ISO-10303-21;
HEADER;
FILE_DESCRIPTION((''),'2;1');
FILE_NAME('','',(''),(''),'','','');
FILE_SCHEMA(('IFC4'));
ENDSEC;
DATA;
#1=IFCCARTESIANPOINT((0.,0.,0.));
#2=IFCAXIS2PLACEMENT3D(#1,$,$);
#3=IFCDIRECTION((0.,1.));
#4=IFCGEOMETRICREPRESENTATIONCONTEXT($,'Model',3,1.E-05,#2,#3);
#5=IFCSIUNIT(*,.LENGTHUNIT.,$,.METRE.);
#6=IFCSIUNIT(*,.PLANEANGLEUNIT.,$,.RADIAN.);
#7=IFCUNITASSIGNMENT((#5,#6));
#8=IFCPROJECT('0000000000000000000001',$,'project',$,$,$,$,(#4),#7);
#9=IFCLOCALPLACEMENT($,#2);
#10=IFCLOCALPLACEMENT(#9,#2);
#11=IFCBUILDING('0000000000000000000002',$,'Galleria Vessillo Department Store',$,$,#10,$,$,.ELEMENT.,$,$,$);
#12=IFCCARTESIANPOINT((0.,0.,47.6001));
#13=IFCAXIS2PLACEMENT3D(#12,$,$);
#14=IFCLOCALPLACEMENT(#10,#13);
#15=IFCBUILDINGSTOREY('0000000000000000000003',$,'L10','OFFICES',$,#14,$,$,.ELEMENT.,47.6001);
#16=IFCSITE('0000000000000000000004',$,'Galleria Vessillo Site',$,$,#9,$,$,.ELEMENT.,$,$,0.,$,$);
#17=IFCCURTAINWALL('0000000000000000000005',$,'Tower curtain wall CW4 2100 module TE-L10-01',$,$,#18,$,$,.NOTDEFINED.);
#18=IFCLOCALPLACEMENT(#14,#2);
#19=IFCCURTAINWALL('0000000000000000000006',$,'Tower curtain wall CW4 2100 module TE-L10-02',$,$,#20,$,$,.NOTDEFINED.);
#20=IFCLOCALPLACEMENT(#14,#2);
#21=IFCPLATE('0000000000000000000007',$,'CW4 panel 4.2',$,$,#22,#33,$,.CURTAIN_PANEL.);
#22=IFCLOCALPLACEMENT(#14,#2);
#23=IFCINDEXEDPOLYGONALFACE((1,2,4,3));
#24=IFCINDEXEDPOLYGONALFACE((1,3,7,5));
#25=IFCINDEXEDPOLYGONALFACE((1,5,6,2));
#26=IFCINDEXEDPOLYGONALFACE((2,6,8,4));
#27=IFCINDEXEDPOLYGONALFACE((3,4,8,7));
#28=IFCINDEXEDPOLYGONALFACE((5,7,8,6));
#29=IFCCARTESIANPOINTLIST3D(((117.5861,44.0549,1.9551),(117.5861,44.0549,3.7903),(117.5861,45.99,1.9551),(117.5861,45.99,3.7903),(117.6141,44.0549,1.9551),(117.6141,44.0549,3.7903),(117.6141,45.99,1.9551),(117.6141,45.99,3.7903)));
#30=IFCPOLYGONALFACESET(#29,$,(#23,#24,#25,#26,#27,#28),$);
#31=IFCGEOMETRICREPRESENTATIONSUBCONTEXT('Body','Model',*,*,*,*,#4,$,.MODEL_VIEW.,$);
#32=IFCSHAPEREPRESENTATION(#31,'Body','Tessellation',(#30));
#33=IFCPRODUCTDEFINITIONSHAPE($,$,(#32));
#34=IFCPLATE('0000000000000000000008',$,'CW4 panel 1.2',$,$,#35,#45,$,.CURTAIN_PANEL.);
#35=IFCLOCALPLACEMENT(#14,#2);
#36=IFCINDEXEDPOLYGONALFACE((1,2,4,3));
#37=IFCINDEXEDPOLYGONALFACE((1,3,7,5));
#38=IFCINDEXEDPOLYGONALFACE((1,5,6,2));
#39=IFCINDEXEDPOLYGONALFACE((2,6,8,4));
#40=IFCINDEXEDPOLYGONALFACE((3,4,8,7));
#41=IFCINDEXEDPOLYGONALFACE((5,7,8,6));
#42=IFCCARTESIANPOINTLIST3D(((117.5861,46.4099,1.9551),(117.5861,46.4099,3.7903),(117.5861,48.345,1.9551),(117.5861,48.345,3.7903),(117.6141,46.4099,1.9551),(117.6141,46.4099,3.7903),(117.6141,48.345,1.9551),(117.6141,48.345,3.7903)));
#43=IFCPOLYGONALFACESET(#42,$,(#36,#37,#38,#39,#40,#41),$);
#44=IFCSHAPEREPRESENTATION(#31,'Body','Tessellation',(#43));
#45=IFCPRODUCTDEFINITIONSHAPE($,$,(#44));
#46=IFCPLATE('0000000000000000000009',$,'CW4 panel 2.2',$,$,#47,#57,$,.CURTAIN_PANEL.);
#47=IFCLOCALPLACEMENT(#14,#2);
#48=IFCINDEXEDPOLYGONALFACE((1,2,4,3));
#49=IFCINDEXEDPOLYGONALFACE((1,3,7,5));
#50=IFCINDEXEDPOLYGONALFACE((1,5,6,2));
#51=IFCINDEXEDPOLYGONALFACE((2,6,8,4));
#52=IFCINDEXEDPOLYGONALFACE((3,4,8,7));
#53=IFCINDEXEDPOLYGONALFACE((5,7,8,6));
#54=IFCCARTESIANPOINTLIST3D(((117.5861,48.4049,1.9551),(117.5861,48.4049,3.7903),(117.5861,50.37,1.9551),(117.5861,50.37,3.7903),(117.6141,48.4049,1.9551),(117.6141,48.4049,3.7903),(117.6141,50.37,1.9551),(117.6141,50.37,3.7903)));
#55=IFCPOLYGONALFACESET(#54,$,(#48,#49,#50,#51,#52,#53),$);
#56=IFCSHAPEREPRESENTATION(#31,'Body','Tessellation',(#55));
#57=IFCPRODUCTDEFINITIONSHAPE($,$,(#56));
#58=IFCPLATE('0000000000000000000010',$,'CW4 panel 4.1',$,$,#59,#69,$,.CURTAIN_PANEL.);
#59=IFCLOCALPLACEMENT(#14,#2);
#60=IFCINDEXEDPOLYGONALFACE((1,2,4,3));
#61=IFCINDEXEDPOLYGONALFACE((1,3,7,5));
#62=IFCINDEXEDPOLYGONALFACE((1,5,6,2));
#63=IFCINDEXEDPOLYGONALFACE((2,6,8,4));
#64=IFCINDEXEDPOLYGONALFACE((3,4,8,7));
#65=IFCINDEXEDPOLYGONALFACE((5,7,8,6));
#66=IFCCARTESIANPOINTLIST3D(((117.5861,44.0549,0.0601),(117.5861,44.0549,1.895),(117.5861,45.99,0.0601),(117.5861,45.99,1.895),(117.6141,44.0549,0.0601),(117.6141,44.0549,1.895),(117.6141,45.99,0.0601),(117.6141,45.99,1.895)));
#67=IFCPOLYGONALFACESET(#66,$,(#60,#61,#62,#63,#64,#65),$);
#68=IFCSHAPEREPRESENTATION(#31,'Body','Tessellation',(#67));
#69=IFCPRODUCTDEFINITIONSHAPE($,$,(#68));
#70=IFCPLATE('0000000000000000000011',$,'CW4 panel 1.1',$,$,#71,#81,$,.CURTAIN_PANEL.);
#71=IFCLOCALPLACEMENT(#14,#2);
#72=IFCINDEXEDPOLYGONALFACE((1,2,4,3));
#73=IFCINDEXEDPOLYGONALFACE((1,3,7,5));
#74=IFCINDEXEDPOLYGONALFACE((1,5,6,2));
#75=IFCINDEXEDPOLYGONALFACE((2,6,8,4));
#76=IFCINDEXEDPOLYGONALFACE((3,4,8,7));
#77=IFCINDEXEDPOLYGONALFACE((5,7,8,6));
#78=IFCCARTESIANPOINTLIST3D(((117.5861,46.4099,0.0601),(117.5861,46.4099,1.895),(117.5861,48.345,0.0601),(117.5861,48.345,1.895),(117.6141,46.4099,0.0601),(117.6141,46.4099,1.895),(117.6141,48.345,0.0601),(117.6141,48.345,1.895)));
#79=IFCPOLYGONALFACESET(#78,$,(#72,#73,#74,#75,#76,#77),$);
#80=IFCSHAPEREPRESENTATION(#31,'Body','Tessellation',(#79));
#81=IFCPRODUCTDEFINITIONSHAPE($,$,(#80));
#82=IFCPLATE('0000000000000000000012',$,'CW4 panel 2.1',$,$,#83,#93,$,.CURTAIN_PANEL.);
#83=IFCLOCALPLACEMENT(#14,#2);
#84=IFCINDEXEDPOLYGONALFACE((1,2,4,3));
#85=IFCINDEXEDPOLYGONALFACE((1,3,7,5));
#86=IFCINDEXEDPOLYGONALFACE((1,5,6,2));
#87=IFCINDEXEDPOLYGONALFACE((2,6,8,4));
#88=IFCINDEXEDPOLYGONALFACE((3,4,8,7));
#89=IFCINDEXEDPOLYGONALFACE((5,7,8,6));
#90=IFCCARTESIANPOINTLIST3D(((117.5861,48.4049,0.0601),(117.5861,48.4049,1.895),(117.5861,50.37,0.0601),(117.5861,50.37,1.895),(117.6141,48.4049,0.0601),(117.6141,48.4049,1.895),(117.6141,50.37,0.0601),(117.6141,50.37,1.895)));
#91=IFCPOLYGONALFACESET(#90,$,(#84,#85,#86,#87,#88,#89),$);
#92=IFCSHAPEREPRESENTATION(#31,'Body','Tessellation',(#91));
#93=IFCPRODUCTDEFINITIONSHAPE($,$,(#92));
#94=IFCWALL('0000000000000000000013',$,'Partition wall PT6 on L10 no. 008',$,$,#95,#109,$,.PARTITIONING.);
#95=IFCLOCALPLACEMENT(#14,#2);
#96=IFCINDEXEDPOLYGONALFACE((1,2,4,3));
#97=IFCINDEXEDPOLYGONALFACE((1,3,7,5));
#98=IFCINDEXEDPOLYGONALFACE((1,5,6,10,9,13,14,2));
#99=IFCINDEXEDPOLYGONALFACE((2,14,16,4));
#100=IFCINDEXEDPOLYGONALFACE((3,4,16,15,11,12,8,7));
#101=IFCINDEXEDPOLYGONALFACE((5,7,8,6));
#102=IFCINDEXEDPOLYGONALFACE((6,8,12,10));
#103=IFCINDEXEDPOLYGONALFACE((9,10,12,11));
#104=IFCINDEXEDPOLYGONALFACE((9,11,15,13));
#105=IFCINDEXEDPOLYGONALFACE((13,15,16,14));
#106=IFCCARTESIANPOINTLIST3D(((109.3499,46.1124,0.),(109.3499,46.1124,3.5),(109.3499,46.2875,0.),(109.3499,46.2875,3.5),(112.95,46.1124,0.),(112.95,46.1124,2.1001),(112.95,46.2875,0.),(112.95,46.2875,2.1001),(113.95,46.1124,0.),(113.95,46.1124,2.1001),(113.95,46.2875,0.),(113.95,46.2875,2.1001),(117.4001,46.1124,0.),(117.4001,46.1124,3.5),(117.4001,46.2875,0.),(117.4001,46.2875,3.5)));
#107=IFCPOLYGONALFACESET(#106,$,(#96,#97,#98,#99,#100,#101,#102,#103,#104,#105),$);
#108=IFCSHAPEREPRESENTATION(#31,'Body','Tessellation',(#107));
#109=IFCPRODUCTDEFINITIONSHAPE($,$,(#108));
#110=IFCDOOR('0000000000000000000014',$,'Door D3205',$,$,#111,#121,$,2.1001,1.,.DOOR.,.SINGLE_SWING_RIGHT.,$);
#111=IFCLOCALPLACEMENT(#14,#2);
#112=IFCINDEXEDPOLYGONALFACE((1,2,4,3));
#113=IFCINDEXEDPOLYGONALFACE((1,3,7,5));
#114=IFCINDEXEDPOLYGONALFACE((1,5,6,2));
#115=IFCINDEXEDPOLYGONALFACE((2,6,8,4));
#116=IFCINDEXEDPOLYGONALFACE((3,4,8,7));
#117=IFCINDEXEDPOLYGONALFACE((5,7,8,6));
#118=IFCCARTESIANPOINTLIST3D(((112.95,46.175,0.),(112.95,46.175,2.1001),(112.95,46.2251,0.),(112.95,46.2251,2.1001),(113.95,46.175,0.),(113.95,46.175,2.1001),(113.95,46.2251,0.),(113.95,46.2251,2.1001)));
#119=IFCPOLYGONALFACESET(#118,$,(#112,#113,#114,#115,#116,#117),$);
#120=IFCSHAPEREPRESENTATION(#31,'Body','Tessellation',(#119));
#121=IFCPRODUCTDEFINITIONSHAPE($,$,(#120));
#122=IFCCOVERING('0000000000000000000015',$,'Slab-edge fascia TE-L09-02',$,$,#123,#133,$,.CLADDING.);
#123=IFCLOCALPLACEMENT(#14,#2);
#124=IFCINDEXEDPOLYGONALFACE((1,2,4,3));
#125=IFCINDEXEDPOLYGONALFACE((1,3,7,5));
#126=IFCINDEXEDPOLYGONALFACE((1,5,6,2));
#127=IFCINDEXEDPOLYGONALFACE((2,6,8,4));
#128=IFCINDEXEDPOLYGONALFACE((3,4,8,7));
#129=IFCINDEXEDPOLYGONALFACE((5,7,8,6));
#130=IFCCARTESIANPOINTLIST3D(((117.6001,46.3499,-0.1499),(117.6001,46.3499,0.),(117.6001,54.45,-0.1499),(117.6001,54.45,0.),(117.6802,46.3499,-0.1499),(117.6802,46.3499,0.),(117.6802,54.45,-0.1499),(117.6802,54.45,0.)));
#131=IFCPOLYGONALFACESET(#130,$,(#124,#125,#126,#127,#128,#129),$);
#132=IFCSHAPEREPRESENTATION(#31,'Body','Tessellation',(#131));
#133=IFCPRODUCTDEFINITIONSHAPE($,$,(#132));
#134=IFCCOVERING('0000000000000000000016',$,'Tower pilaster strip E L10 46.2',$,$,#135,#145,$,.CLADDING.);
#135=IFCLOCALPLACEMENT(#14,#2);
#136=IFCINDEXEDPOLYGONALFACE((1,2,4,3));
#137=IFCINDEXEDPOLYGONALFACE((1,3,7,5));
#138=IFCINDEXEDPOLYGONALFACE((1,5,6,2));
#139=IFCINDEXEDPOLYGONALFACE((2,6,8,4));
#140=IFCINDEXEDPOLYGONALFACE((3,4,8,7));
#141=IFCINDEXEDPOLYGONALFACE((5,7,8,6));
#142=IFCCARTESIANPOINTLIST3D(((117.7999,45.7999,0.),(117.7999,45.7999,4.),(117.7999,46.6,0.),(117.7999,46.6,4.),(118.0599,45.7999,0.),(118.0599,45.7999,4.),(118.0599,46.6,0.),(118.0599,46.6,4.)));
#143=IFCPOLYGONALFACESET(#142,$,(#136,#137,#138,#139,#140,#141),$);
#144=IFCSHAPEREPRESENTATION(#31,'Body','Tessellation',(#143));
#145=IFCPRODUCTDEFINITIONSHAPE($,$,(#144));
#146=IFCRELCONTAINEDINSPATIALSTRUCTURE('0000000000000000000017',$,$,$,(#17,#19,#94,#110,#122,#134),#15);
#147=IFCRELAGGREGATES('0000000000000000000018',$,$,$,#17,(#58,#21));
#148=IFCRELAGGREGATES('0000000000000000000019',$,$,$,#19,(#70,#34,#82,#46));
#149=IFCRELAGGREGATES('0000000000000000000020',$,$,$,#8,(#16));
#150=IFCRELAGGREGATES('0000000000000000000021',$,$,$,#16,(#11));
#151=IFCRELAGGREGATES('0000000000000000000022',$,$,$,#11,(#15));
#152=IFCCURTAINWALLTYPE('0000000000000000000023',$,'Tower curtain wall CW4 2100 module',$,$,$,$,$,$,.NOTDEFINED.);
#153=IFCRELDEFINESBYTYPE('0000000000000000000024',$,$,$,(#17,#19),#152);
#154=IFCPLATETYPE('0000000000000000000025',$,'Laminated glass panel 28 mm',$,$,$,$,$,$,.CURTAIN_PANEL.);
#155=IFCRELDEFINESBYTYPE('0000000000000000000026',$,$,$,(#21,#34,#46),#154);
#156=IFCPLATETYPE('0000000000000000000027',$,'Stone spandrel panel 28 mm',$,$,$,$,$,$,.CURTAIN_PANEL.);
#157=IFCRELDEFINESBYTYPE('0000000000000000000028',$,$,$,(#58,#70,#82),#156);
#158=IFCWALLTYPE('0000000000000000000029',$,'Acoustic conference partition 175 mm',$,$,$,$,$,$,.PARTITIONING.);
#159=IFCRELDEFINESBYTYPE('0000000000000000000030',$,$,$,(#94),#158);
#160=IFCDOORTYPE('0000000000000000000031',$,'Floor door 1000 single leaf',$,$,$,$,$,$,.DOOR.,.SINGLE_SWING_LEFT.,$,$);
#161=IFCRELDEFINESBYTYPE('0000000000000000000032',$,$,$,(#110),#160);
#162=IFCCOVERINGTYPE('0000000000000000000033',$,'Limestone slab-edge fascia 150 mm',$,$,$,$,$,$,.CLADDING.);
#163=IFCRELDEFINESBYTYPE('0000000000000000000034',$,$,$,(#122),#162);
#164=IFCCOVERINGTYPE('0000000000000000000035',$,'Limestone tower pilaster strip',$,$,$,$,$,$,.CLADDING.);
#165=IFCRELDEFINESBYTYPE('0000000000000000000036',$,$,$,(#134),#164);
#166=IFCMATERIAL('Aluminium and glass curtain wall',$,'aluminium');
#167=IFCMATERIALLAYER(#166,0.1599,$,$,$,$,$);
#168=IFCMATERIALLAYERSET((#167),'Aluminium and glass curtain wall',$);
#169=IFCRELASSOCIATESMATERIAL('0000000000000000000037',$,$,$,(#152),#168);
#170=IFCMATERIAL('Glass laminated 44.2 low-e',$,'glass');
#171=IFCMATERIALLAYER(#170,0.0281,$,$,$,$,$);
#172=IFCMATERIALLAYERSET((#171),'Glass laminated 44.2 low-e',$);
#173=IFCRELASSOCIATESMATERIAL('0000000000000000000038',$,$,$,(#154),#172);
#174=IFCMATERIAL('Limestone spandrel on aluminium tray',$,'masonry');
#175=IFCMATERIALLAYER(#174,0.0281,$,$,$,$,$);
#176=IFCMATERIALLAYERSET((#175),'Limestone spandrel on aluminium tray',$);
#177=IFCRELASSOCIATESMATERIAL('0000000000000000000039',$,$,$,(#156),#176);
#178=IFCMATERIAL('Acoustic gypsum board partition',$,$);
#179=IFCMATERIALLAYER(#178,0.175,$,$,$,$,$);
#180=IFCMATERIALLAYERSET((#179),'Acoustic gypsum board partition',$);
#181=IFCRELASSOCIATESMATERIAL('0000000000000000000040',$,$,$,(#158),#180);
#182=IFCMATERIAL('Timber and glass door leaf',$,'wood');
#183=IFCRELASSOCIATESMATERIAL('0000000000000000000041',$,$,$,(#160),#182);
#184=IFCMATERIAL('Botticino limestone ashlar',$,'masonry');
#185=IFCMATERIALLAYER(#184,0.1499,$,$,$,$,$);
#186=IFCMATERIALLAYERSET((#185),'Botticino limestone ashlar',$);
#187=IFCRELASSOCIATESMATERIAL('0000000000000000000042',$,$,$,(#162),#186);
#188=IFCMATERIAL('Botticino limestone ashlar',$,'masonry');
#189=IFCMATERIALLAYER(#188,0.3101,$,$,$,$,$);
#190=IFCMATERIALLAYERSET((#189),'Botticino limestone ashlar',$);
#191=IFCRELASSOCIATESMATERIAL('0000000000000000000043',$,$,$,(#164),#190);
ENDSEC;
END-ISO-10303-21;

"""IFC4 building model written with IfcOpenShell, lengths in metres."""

from ifc_helpers import new_model, si_unit, direction, frame, frame_2d, origin, origin_2d, place, context, subcontext, project, spatial, rectangle, extrude, material, layer, layer_set, type_object, element, fill, aggregate, save


model = new_model("IFC4")

# Units and contexts
model_context = context("Model", 3, precision=1e-05, world=origin(), true_north=direction((0.0, 1.0)))
body_context = subcontext(model_context, "Body", "Model", "MODEL_VIEW")
ifc_project = project(units=[si_unit("LENGTHUNIT", "METRE"), si_unit("PLANEANGLEUNIT", "RADIAN")], contexts=[model_context])

# Site, building, storey
site_placement = place(None, origin())
site = spatial("IfcSite", under=ifc_project, at=site_placement, Name="Galleria Vessillo Site", CompositionType="ELEMENT", RefElevation=0.0)
building_placement = place(site_placement, origin())
building = spatial("IfcBuilding", under=site, at=building_placement, Name="Galleria Vessillo Department Store", CompositionType="ELEMENT")
storey_placement = place(building_placement, frame((0.0, 0.0, 47.6001)))
storey = spatial("IfcBuildingStorey", under=building, at=storey_placement, Name="L10", Description="OFFICES", CompositionType="ELEMENT", Elevation=47.6001)

# Curtain walls
ifc_material_1 = material(Name="Aluminium and glass curtain wall", Category="aluminium")
ifc_layer_1 = layer(ifc_material_1, 0.1599)
ifc_layer_set_1 = layer_set([ifc_layer_1], Name="Aluminium and glass curtain wall")
curtain_wall_type = type_object("IfcCurtainWallType", Name="Tower curtain wall CW4 2100 module", PredefinedType="NOTDEFINED", material=ifc_layer_set_1)
curtain_wall_1_placement = place(storey_placement, origin())
curtain_wall_1 = element("IfcCurtainWall", 1, at=curtain_wall_1_placement, inside=storey, type_object=curtain_wall_type, Name="Tower curtain wall CW4 2100 module TE-L10-01", PredefinedType="NOTDEFINED")
curtain_wall_2_placement = place(storey_placement, origin())
curtain_wall_2 = element("IfcCurtainWall", 2, at=curtain_wall_2_placement, inside=storey, type_object=curtain_wall_type, Name="Tower curtain wall CW4 2100 module TE-L10-02", PredefinedType="NOTDEFINED")

# Plates
ifc_material_2 = material(Name="Glass laminated 44.2 low-e", Category="glass")
ifc_layer_2 = layer(ifc_material_2, 0.0281)
ifc_layer_set_2 = layer_set([ifc_layer_2], Name="Glass laminated 44.2 low-e")
plate_type_1 = type_object("IfcPlateType", Name="Laminated glass panel 28 mm", PredefinedType="CURTAIN_PANEL", material=ifc_layer_set_2)
plate_1_placement = place(storey_placement, frame((117.6001, 45.0225, 1.9551), z_axis=(0.0, 0.0, 1.0), x_axis=(0.0, 1.0, 0.0)))
plate_1 = element("IfcPlate", 3, at=plate_1_placement, type_object=plate_type_1, Name="CW4 panel 4.2", PredefinedType="CURTAIN_PANEL", context=body_context, shape_type="SweptSolid", body=[
    extrude(rectangle(XDim=1.9351, YDim=0.0281, at=origin_2d()), origin(), (0.0, 0.0, 1.0), 1.8352),
])
plate_2_placement = place(storey_placement, frame((117.6001, 47.3774, 1.9551), z_axis=(0.0, 0.0, 1.0), x_axis=(0.0, 1.0, 0.0)))
plate_2 = element("IfcPlate", 4, at=plate_2_placement, type_object=plate_type_1, Name="CW4 panel 1.2", PredefinedType="CURTAIN_PANEL", context=body_context, shape_type="SweptSolid", body=[
    extrude(rectangle(XDim=1.9351, YDim=0.0281, at=origin_2d()), origin(), (0.0, 0.0, 1.0), 1.8352),
])
plate_3_placement = place(storey_placement, frame((117.6001, 49.3875, 1.9551), z_axis=(0.0, 0.0, 1.0), x_axis=(0.0, 1.0, 0.0)))
plate_3 = element("IfcPlate", 5, at=plate_3_placement, type_object=plate_type_1, Name="CW4 panel 2.2", PredefinedType="CURTAIN_PANEL", context=body_context, shape_type="SweptSolid", body=[
    extrude(rectangle(XDim=1.9651, YDim=0.0281, at=origin_2d()), origin(), (0.0, 0.0, 1.0), 1.8352),
])
ifc_material_3 = material(Name="Limestone spandrel on aluminium tray", Category="masonry")
ifc_layer_3 = layer(ifc_material_3, 0.0281)
ifc_layer_set_3 = layer_set([ifc_layer_3], Name="Limestone spandrel on aluminium tray")
plate_type_2 = type_object("IfcPlateType", Name="Stone spandrel panel 28 mm", PredefinedType="CURTAIN_PANEL", material=ifc_layer_set_3)
plate_4_placement = place(storey_placement, frame((117.6001, 45.0225, 0.0601), z_axis=(0.0, 0.0, 1.0), x_axis=(0.0, 1.0, 0.0)))
plate_4 = element("IfcPlate", 6, at=plate_4_placement, type_object=plate_type_2, Name="CW4 panel 4.1", PredefinedType="CURTAIN_PANEL", context=body_context, shape_type="SweptSolid", body=[
    extrude(rectangle(XDim=1.9351, YDim=0.0281, at=origin_2d()), origin(), (0.0, 0.0, 1.0), 1.835),
])
aggregate(curtain_wall_1, [plate_4, plate_1])
plate_5_placement = place(storey_placement, frame((117.6001, 47.3774, 0.0601), z_axis=(0.0, 0.0, 1.0), x_axis=(0.0, 1.0, 0.0)))
plate_5 = element("IfcPlate", 7, at=plate_5_placement, type_object=plate_type_2, Name="CW4 panel 1.1", PredefinedType="CURTAIN_PANEL", context=body_context, shape_type="SweptSolid", body=[
    extrude(rectangle(XDim=1.9351, YDim=0.0281, at=origin_2d()), origin(), (0.0, 0.0, 1.0), 1.835),
])
plate_6_placement = place(storey_placement, frame((117.6001, 49.3875, 0.0601), z_axis=(0.0, 0.0, 1.0), x_axis=(0.0, 1.0, 0.0)))
plate_6 = element("IfcPlate", 8, at=plate_6_placement, type_object=plate_type_2, Name="CW4 panel 2.1", PredefinedType="CURTAIN_PANEL", context=body_context, shape_type="SweptSolid", body=[
    extrude(rectangle(XDim=1.9651, YDim=0.0281, at=origin_2d()), origin(), (0.0, 0.0, 1.0), 1.835),
])
aggregate(curtain_wall_2, [plate_5, plate_2, plate_6, plate_3])

# Wall, opening, door
ifc_material_4 = material(Name="Acoustic gypsum board partition")
ifc_layer_4 = layer(ifc_material_4, 0.175)
ifc_layer_set_4 = layer_set([ifc_layer_4], Name="Acoustic gypsum board partition")
wall_type = type_object("IfcWallType", Name="Acoustic conference partition 175 mm", PredefinedType="PARTITIONING", material=ifc_layer_set_4)
wall_placement = place(storey_placement, frame((109.3499, 46.2, 0.0), z_axis=(0.0, 0.0, 1.0), x_axis=(1.0, 0.0, 0.0)))
wall = element("IfcWall", 9, at=wall_placement, inside=storey, type_object=wall_type, Name="Partition wall PT6 on L10 no. 008", PredefinedType="PARTITIONING", context=body_context, shape_type="SweptSolid", body=[
    extrude(rectangle(XDim=8.0503, YDim=0.175, at=frame_2d((4.0251, 0.0))), origin(), (0.0, 0.0, 1.0), 3.5),
])
opening_placement = place(wall_placement, frame((3.6001, 0.0, 0.0)))
opening = element("IfcOpeningElement", 10, at=opening_placement, cuts=wall, PredefinedType="OPENING", context=body_context, shape_type="SweptSolid", body=[
    extrude(rectangle(XDim=1.0, YDim=2.1001, at=frame_2d((0.5, 1.05))), frame((0.0, 0.0977, 0.0), z_axis=(0.0, -1.0, 0.0), x_axis=(1.0, 0.0, 0.0)), (0.0, 0.0, 1.0), 0.1951),
])
ifc_material_5 = material(Name="Timber and glass door leaf", Category="wood")
door_type = type_object("IfcDoorType", Name="Floor door 1000 single leaf", OperationType="SINGLE_SWING_LEFT", PredefinedType="DOOR", material=ifc_material_5)
door_placement = place(opening_placement, frame((1.0, 0.0, 0.0), z_axis=(0.0, 0.0, 1.0), x_axis=(-1.0, 0.0, 0.0)))
door = element("IfcDoor", 11, at=door_placement, inside=storey, type_object=door_type, Name="Door D3205", OperationType="SINGLE_SWING_RIGHT", OverallHeight=2.1001, OverallWidth=1.0, PredefinedType="DOOR", context=body_context, shape_type="SweptSolid", body=[
    extrude(rectangle(XDim=1.0, YDim=2.1001, at=frame_2d((0.5, 1.05))), frame((0.0, 0.0249, 0.0), z_axis=(0.0, -1.0, 0.0), x_axis=(1.0, 0.0, 0.0)), (0.0, 0.0, 1.0), 0.05),
])
fill(opening, door)

# Coverings
ifc_material_6 = material(Name="Botticino limestone ashlar", Category="masonry")
ifc_layer_5 = layer(ifc_material_6, 0.1499)
ifc_layer_set_5 = layer_set([ifc_layer_5], Name="Botticino limestone ashlar")
covering_type_1 = type_object("IfcCoveringType", Name="Limestone slab-edge fascia 150 mm", PredefinedType="CLADDING", material=ifc_layer_set_5)
covering_1_placement = place(storey_placement, frame((117.6401, 50.3999, -0.1499), z_axis=(0.0, 0.0, 1.0), x_axis=(1.0, 0.0, 0.0)))
element("IfcCovering", 12, at=covering_1_placement, inside=storey, type_object=covering_type_1, Name="Slab-edge fascia TE-L09-02", PredefinedType="CLADDING", context=body_context, shape_type="SweptSolid", body=[
    extrude(rectangle(XDim=0.0801, YDim=8.1001, at=origin_2d()), origin(), (0.0, 0.0, 1.0), 0.1499),
])
ifc_material_7 = material(Name="Botticino limestone ashlar", Category="masonry")
ifc_layer_6 = layer(ifc_material_7, 0.3101)
ifc_layer_set_6 = layer_set([ifc_layer_6], Name="Botticino limestone ashlar")
covering_type_2 = type_object("IfcCoveringType", Name="Limestone tower pilaster strip", PredefinedType="CLADDING", material=ifc_layer_set_6)
covering_2_placement = place(storey_placement, frame((117.9299, 46.2, 0.0), z_axis=(0.0, 0.0, 1.0), x_axis=(1.0, 0.0, 0.0)))
element("IfcCovering", 13, at=covering_2_placement, inside=storey, type_object=covering_type_2, Name="Tower pilaster strip E L10 46.2", PredefinedType="CLADDING", context=body_context, shape_type="SweptSolid", body=[
    extrude(rectangle(XDim=0.26, YDim=0.8, at=origin_2d()), origin(), (0.0, 0.0, 1.0), 4.0),
])

save(model, "model.ifc")
